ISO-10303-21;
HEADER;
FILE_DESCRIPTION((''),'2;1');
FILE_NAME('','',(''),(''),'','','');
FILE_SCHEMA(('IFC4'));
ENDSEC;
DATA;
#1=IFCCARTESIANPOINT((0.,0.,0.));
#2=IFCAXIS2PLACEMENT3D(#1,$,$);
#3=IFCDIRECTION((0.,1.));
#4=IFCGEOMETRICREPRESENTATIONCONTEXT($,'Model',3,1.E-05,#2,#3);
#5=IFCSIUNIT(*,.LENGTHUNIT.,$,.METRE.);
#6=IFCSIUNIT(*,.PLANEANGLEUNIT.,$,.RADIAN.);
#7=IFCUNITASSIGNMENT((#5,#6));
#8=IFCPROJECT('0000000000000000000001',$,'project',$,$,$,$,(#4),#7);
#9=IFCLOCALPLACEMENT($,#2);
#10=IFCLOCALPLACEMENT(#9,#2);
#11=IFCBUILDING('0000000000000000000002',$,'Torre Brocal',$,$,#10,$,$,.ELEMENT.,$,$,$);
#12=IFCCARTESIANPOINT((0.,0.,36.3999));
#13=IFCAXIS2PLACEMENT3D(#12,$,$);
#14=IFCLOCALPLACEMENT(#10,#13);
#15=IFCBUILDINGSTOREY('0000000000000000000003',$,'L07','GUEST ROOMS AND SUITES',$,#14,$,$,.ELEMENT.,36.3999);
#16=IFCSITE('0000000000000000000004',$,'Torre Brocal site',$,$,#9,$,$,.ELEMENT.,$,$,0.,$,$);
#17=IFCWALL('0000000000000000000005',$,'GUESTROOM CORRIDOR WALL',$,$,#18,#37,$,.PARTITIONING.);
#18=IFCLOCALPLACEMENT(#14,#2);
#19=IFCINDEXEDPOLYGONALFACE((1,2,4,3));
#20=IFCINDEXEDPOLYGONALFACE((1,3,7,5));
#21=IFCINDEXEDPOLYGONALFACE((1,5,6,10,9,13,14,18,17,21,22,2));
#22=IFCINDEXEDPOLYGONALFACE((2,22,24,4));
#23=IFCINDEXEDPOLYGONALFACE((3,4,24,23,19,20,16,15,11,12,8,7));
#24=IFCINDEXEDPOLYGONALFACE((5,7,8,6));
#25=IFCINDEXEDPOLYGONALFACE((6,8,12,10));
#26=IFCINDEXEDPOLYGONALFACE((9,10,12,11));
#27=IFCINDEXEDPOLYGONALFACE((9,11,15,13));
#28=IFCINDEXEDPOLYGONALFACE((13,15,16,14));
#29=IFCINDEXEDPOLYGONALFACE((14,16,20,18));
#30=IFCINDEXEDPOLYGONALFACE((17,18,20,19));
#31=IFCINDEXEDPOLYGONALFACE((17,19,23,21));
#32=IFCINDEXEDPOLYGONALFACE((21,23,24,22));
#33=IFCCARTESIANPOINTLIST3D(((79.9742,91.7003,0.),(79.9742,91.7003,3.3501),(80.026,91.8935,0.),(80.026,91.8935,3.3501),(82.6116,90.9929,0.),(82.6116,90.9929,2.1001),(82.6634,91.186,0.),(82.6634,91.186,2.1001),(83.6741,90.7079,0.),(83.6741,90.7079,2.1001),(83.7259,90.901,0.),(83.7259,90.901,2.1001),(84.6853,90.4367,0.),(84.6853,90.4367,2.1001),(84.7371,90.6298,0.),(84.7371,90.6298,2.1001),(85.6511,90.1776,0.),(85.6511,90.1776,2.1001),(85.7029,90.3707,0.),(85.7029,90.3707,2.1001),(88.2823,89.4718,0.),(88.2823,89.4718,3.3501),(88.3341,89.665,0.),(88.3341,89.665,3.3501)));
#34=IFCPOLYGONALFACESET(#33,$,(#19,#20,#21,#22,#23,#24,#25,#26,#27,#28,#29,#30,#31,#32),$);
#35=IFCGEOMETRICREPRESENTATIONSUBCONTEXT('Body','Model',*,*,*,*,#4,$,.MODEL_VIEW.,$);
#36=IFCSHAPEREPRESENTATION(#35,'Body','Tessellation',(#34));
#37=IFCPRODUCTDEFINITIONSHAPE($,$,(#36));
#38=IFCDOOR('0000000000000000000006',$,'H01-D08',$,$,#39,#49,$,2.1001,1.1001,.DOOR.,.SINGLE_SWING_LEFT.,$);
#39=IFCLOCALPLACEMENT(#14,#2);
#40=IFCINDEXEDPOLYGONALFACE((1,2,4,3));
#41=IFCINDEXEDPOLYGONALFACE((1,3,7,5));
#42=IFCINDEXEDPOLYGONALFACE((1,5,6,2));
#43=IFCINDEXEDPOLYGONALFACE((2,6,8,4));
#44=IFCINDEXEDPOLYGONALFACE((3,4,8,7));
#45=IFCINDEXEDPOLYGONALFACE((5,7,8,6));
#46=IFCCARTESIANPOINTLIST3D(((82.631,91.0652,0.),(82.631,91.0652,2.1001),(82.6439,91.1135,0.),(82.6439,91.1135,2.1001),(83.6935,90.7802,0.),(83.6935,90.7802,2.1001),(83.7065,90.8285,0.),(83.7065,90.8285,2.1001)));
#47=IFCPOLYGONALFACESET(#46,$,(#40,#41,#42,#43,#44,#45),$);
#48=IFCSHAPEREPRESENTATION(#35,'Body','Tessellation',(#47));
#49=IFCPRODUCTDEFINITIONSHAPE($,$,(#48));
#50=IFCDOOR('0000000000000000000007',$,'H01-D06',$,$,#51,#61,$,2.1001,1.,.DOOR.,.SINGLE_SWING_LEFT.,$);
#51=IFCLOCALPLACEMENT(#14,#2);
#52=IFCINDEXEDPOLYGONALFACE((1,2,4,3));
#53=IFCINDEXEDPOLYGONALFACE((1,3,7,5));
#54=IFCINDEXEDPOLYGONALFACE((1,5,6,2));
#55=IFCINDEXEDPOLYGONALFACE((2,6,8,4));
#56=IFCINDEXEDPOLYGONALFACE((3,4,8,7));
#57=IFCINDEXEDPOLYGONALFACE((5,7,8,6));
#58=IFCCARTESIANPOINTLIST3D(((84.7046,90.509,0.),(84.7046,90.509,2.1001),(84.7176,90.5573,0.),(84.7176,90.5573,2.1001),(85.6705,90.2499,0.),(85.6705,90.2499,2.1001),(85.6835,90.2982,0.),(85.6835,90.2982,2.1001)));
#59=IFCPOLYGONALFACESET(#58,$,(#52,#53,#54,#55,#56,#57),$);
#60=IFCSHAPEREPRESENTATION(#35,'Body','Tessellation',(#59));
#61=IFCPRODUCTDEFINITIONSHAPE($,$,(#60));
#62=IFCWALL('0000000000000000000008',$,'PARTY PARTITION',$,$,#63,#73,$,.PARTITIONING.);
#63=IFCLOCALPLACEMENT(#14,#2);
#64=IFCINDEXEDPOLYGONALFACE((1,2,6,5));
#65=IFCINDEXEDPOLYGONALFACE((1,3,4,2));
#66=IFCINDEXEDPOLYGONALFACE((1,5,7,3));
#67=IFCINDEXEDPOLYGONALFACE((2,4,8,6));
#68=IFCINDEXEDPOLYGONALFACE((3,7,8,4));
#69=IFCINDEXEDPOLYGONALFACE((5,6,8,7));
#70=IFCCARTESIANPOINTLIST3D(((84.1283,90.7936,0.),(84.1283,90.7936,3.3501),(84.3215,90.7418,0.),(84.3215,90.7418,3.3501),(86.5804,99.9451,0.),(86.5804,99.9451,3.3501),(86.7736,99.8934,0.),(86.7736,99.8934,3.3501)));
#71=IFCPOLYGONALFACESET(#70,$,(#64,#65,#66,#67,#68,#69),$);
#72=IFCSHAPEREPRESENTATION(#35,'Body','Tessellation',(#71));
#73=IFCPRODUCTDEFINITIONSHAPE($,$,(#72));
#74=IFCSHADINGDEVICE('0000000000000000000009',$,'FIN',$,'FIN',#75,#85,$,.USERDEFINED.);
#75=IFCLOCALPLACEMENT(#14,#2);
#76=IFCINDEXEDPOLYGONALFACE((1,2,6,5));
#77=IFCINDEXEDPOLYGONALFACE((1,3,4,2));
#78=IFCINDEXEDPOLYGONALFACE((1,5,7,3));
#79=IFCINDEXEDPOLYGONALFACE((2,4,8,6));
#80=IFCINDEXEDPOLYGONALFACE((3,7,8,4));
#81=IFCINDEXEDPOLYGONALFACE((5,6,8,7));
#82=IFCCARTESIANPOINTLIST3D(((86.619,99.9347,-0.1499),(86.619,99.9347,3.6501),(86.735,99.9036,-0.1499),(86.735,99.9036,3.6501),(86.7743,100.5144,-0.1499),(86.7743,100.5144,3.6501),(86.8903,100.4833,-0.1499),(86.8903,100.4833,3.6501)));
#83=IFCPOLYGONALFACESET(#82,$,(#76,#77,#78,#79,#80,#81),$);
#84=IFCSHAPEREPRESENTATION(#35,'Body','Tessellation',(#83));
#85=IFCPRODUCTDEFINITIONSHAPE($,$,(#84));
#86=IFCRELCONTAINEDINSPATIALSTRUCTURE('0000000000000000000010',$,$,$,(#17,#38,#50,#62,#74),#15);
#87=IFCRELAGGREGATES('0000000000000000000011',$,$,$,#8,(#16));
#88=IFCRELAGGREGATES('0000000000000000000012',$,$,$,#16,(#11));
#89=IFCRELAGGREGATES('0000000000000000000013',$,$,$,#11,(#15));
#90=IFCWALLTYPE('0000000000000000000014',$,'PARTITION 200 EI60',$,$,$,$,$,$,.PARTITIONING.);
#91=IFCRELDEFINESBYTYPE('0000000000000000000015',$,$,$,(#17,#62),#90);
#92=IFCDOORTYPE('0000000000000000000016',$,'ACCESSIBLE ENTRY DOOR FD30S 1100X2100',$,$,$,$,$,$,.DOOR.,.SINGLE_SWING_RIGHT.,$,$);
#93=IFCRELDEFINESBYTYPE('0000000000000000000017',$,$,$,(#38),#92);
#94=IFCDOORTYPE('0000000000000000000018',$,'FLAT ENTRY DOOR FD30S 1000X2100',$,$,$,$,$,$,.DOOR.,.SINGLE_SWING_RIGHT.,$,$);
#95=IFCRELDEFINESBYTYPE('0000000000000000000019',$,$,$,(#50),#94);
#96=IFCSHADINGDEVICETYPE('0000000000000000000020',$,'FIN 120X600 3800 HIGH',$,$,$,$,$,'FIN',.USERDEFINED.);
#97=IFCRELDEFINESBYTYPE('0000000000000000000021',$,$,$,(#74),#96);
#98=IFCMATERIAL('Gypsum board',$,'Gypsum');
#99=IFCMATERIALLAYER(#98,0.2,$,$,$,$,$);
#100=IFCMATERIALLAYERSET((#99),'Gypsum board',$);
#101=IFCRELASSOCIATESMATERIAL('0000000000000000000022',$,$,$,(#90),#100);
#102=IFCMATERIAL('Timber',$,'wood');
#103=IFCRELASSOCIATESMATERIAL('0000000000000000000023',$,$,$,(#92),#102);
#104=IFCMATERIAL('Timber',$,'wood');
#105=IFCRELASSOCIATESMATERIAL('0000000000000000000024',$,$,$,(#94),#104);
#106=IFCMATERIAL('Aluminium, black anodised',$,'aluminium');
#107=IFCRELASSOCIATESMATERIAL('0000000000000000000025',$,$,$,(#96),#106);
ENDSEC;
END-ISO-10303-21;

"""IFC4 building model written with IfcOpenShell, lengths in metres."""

from ifc_helpers import new_model, si_unit, direction, frame, frame_2d, origin, origin_2d, place, context, subcontext, project, spatial, rectangle, extrude, material, layer, layer_set, material_profile, profile_set, type_object, element, fill, save


model = new_model("IFC4")

# Units and contexts
model_context = context("Model", 3, precision=1e-05, world=origin(), true_north=direction((0.0, 1.0)))
body_context = subcontext(model_context, "Body", "Model", "MODEL_VIEW")
ifc_project = project(units=[si_unit("LENGTHUNIT", "METRE"), si_unit("PLANEANGLEUNIT", "RADIAN")], contexts=[model_context])

# Site, building, storey
site_placement = place(None, origin())
site = spatial("IfcSite", under=ifc_project, at=site_placement, Name="Torre Brocal site", CompositionType="ELEMENT", RefElevation=0.0)
building_placement = place(site_placement, origin())
building = spatial("IfcBuilding", under=site, at=building_placement, Name="Torre Brocal", CompositionType="ELEMENT")
storey_placement = place(building_placement, frame((0.0, 0.0, 36.3999)))
storey = spatial("IfcBuildingStorey", under=building, at=storey_placement, Name="L07", Description="GUEST ROOMS AND SUITES", CompositionType="ELEMENT", Elevation=36.3999)

# Shared definitions
ifc_material_1 = material(Name="Gypsum board", Category="Gypsum")
ifc_layer_1 = layer(ifc_material_1, 0.2)
ifc_layer_set_1 = layer_set([ifc_layer_1], Name="Gypsum board")
wall_type_1 = type_object("IfcWallType", Name="PARTITION 200 EI60", PredefinedType="PARTITIONING", material=ifc_layer_set_1)

# Wall, openings, doors
wall_1_placement = place(storey_placement, frame((80.0002, 91.7969, 0.0), z_axis=(0.0, 0.0, 1.0), x_axis=(0.965857, -0.259076, 0.0)))
wall_1 = element("IfcWall", 1, at=wall_1_placement, inside=storey, type_object=wall_type_1, Name="GUESTROOM CORRIDOR WALL", PredefinedType="PARTITIONING", context=body_context, shape_type="SweptSolid", body=[
    extrude(rectangle(XDim=8.6018, YDim=0.2, at=frame_2d((4.3008, 0.0))), origin(), (0.0, 0.0, 1.0), 3.3501),
])
opening_1_placement = place(wall_1_placement, frame((4.8774, 0.0, 0.0)))
opening_1 = element("IfcOpeningElement", 2, at=opening_1_placement, cuts=wall_1, PredefinedType="OPENING", context=body_context, shape_type="SweptSolid", body=[
    extrude(rectangle(XDim=1.0, YDim=2.1001, at=frame_2d((0.5, 1.05))), frame((0.0, 0.1099, 0.0), z_axis=(0.0, -1.0, 0.0), x_axis=(1.0, 0.0, 0.0)), (0.0, 0.0, 1.0), 0.22),
])
opening_2_placement = place(wall_1_placement, frame((2.7305, 0.0, 0.0)))
opening_2 = element("IfcOpeningElement", 3, at=opening_2_placement, cuts=wall_1, PredefinedType="OPENING", context=body_context, shape_type="SweptSolid", body=[
    extrude(rectangle(XDim=1.1001, YDim=2.1001, at=frame_2d((0.55, 1.05))), frame((0.0, 0.1099, 0.0), z_axis=(0.0, -1.0, 0.0), x_axis=(1.0, 0.0, 0.0)), (0.0, 0.0, 1.0), 0.22),
])
ifc_material_2 = material(Name="Timber", Category="wood")
door_type_1 = type_object("IfcDoorType", Name="ACCESSIBLE ENTRY DOOR FD30S 1100X2100", OperationType="SINGLE_SWING_RIGHT", PredefinedType="DOOR", material=ifc_material_2)
door_1_placement = place(opening_2_placement, origin())
door_1 = element("IfcDoor", 4, at=door_1_placement, inside=storey, type_object=door_type_1, Name="H01-D08", OperationType="SINGLE_SWING_LEFT", OverallHeight=2.1001, OverallWidth=1.1001, PredefinedType="DOOR", context=body_context, shape_type="SweptSolid", body=[
    extrude(rectangle(XDim=1.1001, YDim=2.1001, at=frame_2d((0.55, 1.05))), frame((0.0, 0.0249, 0.0), z_axis=(0.0, -1.0, 0.0), x_axis=(1.0, 0.0, 0.0)), (0.0, 0.0, 1.0), 0.05),
])
fill(opening_2, door_1)
ifc_material_3 = material(Name="Timber", Category="wood")
door_type_2 = type_object("IfcDoorType", Name="FLAT ENTRY DOOR FD30S 1000X2100", OperationType="SINGLE_SWING_RIGHT", PredefinedType="DOOR", material=ifc_material_3)
door_2_placement = place(opening_1_placement, origin())
door_2 = element("IfcDoor", 5, at=door_2_placement, inside=storey, type_object=door_type_2, Name="H01-D06", OperationType="SINGLE_SWING_LEFT", OverallHeight=2.1001, OverallWidth=1.0, PredefinedType="DOOR", context=body_context, shape_type="SweptSolid", body=[
    extrude(rectangle(XDim=1.0, YDim=2.1001, at=frame_2d((0.5, 1.05))), frame((0.0, 0.0249, 0.0), z_axis=(0.0, -1.0, 0.0), x_axis=(1.0, 0.0, 0.0)), (0.0, 0.0, 1.0), 0.05),
])
fill(opening_1, door_2)

# Wall
wall_2_placement = place(storey_placement, frame((84.2249, 90.7676, 0.0), z_axis=(0.0, 0.0, 1.0), x_axis=(0.258817, 0.965926, 0.0)))
element("IfcWall", 6, at=wall_2_placement, inside=storey, type_object=wall_type_1, Name="PARTY PARTITION", PredefinedType="PARTITIONING", context=body_context, shape_type="SweptSolid", body=[
    extrude(rectangle(XDim=9.4744, YDim=0.2, at=frame_2d((4.7373, 0.0))), origin(), (0.0, 0.0, 1.0), 3.3501),
])

# Shading device
ifc_material_4 = material(Name="Aluminium, black anodised", Category="aluminium")
ifc_material_profile_1 = material_profile(ifc_material_4, rectangle(XDim=0.1201, YDim=0.6001, at=origin_2d()), Name="FIN 120X600 3800 HIGH")
ifc_profile_set_1 = profile_set([ifc_material_profile_1], Name="Aluminium, black anodised")
shading_device_type = type_object("IfcShadingDeviceType", Name="FIN 120X600 3800 HIGH", ElementType="FIN", PredefinedType="USERDEFINED", material=ifc_profile_set_1)
shading_device_placement = place(storey_placement, frame((86.7546, 100.209, -0.1499), z_axis=(0.0, 0.0, 1.0), x_axis=(-0.965926, 0.258819, 0.0)))
element("IfcShadingDevice", 7, at=shading_device_placement, inside=storey, type_object=shading_device_type, Name="FIN", ObjectType="FIN", PredefinedType="USERDEFINED", context=body_context, shape_type="SweptSolid", body=[
    extrude(rectangle(XDim=0.1201, YDim=0.6001, at=origin_2d()), origin(), (0.0, 0.0, 1.0), 3.8),
])

save(model, "model.ifc")
